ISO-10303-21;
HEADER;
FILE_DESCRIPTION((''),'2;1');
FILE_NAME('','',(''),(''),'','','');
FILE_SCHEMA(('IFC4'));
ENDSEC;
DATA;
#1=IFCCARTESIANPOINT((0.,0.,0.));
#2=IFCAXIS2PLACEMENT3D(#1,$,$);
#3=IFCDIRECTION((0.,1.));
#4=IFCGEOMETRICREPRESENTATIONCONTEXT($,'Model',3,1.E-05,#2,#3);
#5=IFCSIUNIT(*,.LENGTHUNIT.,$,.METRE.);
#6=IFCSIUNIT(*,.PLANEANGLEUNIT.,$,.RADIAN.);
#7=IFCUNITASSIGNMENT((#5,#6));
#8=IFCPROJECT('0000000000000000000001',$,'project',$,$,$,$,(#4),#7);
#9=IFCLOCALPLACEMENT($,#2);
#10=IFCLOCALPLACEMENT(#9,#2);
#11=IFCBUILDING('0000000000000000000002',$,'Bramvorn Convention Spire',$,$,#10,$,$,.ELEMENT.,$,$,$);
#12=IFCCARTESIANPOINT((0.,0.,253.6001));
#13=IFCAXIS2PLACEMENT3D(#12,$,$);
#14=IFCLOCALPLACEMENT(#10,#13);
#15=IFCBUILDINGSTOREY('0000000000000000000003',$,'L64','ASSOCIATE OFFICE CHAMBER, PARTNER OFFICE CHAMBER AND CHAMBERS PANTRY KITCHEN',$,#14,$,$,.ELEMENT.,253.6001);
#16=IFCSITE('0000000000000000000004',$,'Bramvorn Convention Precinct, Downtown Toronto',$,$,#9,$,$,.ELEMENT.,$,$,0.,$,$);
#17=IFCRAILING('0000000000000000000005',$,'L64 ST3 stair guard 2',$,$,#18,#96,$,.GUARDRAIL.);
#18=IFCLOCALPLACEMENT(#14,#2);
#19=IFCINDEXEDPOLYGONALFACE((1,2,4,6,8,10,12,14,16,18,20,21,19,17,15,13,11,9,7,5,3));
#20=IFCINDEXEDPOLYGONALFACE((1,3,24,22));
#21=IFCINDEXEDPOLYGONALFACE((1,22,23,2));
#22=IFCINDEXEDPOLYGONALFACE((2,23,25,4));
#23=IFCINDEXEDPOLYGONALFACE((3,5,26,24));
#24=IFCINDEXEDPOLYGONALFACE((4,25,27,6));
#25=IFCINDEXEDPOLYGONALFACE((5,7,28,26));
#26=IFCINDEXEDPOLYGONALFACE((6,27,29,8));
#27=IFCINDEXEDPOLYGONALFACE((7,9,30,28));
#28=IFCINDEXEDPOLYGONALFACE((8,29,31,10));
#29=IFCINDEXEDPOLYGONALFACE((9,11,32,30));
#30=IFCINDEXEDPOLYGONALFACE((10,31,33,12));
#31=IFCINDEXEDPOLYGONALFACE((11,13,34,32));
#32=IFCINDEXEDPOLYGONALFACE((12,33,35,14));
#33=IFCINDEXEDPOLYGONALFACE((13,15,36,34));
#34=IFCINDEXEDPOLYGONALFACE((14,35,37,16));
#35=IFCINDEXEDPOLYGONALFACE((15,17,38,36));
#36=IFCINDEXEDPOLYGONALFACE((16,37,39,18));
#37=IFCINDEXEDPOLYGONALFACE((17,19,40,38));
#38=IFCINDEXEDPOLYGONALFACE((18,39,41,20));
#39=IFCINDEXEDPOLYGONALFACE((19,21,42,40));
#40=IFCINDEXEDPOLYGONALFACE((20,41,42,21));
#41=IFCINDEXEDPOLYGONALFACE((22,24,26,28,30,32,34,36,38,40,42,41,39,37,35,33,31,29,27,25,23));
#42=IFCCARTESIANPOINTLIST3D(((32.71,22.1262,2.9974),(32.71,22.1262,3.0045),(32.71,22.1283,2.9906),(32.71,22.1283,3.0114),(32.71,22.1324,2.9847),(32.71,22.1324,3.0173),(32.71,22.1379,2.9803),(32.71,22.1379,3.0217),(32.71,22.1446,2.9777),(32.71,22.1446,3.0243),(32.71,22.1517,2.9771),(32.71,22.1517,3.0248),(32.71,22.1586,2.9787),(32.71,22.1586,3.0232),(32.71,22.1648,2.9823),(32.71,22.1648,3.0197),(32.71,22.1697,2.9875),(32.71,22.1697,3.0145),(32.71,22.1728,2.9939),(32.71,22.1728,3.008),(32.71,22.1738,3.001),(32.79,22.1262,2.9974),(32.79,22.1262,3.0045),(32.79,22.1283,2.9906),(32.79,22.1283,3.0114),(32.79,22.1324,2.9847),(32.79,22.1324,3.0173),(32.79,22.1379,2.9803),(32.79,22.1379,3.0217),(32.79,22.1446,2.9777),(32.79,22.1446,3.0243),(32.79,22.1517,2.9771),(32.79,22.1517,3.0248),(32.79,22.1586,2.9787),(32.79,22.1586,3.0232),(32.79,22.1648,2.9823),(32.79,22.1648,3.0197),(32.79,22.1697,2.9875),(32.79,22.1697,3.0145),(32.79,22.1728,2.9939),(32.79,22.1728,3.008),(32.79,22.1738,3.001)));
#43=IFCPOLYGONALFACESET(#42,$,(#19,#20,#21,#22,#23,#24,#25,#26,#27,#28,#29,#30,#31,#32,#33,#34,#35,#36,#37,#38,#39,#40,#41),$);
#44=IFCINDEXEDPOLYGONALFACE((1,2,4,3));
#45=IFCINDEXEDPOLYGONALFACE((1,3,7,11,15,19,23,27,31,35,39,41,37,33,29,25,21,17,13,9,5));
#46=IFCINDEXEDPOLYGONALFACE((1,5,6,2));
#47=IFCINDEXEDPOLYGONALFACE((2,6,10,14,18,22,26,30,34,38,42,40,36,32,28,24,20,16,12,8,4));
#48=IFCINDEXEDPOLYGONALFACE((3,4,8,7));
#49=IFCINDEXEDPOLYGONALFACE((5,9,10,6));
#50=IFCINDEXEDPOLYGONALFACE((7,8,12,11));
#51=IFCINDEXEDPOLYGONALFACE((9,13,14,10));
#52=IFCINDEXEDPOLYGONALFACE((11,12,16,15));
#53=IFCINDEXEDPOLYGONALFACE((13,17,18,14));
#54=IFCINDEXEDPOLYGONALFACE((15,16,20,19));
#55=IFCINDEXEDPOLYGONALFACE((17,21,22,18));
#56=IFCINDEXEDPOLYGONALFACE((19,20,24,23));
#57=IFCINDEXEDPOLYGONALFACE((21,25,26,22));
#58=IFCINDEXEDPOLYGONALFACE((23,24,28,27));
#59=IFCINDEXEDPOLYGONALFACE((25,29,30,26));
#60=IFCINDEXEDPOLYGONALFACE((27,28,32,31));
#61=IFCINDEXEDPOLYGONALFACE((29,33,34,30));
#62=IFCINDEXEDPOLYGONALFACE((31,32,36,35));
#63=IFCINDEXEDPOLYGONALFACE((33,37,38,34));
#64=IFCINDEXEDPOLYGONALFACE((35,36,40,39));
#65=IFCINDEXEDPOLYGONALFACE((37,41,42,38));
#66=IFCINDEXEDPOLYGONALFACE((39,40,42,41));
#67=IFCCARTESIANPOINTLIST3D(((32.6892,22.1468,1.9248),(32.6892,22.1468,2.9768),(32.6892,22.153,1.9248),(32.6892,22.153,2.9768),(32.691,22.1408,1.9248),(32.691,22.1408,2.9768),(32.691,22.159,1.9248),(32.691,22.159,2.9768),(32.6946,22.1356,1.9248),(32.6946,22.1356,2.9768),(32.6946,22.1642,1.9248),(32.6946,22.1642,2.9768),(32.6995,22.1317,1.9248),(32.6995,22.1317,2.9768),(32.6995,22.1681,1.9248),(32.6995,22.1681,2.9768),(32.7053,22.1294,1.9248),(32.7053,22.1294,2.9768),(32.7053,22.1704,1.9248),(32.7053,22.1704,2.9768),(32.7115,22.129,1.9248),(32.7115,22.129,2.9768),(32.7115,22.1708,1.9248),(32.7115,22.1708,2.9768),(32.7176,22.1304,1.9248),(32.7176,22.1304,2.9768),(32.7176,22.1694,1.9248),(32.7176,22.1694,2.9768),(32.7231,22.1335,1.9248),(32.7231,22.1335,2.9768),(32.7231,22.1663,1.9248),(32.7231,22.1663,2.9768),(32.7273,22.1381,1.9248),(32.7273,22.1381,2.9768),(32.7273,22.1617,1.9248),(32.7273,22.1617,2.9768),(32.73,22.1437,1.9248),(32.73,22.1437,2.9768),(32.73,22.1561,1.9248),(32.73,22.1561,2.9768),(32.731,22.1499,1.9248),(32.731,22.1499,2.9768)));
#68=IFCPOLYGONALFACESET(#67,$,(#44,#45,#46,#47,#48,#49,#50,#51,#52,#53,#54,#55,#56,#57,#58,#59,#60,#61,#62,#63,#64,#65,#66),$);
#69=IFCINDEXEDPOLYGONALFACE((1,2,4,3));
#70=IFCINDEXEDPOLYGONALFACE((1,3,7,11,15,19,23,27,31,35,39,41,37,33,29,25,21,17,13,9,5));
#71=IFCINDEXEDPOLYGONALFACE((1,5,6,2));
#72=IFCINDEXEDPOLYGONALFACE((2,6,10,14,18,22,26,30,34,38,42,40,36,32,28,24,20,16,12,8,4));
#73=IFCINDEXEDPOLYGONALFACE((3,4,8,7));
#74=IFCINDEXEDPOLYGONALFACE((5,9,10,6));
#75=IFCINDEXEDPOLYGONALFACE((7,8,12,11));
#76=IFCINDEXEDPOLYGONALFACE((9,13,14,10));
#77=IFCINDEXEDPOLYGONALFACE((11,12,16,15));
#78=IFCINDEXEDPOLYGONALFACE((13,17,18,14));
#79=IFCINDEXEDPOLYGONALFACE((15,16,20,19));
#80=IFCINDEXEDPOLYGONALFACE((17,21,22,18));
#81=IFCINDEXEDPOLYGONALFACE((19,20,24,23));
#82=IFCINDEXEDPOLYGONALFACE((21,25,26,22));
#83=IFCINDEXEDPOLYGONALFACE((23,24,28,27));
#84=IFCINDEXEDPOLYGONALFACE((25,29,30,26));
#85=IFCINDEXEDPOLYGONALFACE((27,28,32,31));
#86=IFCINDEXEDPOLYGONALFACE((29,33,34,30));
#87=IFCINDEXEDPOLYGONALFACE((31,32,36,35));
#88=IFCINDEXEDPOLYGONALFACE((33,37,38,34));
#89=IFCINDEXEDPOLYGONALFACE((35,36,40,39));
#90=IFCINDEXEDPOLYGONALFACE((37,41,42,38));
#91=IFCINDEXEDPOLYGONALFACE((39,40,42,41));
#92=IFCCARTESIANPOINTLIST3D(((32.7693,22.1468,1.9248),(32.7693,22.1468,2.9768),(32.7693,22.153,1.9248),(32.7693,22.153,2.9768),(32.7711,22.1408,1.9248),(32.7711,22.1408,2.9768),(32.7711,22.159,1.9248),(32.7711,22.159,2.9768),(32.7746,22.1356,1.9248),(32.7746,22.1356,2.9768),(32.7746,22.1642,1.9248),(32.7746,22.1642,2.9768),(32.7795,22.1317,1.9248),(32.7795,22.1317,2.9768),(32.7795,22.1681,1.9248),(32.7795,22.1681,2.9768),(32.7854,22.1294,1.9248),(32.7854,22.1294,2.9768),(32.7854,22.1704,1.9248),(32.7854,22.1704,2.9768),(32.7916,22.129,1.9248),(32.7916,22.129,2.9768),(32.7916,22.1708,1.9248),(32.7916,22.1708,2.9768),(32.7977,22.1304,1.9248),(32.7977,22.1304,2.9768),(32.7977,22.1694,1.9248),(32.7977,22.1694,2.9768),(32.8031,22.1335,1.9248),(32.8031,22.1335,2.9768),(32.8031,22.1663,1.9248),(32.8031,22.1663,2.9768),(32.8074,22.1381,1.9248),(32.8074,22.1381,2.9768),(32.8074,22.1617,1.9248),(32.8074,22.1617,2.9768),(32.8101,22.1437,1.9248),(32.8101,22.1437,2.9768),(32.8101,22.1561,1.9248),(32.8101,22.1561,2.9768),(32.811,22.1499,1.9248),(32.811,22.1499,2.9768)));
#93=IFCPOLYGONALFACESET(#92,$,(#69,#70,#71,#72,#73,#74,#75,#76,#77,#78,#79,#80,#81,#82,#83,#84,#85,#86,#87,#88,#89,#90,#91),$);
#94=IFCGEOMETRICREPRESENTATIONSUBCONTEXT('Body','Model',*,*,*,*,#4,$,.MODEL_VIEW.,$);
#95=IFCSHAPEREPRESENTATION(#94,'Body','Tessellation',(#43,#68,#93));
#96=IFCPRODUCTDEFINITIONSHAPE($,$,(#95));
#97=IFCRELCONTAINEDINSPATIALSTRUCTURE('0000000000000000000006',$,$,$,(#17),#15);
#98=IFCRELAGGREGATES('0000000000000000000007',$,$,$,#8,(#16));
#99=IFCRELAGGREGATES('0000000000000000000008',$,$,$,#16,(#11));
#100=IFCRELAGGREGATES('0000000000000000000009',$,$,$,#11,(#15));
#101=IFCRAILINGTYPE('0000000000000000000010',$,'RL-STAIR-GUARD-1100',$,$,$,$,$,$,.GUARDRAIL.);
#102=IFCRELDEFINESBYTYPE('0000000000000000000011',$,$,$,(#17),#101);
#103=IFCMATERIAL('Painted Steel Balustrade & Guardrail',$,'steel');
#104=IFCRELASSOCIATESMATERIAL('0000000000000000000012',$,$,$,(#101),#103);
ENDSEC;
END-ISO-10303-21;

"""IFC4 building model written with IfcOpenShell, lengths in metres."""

from ifc_helpers import new_model, si_unit, direction, frame, origin, origin_2d, place, context, subcontext, project, spatial, circle, extrude, material, type_object, element, save


model = new_model("IFC4")

# Units and contexts
model_context = context("Model", 3, precision=1e-05, world=origin(), true_north=direction((0.0, 1.0)))
body_context = subcontext(model_context, "Body", "Model", "MODEL_VIEW")
ifc_project = project(units=[si_unit("LENGTHUNIT", "METRE"), si_unit("PLANEANGLEUNIT", "RADIAN")], contexts=[model_context])

# Site, building, storey
site_placement = place(None, origin())
site = spatial("IfcSite", under=ifc_project, at=site_placement, Name="Bramvorn Convention Precinct, Downtown Toronto", CompositionType="ELEMENT", RefElevation=0.0)
building_placement = place(site_placement, origin())
building = spatial("IfcBuilding", under=site, at=building_placement, Name="Bramvorn Convention Spire", CompositionType="ELEMENT")
storey_placement = place(building_placement, frame((0.0, 0.0, 253.6001)))
storey = spatial("IfcBuildingStorey", under=building, at=storey_placement, Name="L64", Description="ASSOCIATE OFFICE CHAMBER, PARTNER OFFICE CHAMBER AND CHAMBERS PANTRY KITCHEN", CompositionType="ELEMENT", Elevation=253.6001)

# Railing
ifc_material_1 = material(Name="Painted Steel Balustrade & Guardrail", Category="steel")
railing_type_1 = type_object("IfcRailingType", Name="RL-STAIR-GUARD-1100", PredefinedType="GUARDRAIL", material=ifc_material_1)
railing_1_placement = place(storey_placement, frame((32.71, 22.1499, 1.9248)))
element("IfcRailing", 1, at=railing_1_placement, inside=storey, type_object=railing_type_1, Name="L64 ST3 stair guard 2", PredefinedType="GUARDRAIL", context=body_context, shape_type="SweptSolid", body=[
    extrude(circle(Radius=0.0239, at=origin_2d()), frame((0.0, 0.0, 1.0762), z_axis=(1.0, 0.0, 0.0), x_axis=(0.0, 1.0, 0.0)), (0.0, 0.0, 1.0), 0.0801),
    extrude(circle(Radius=0.021, at=origin_2d()), origin(), (0.0, 0.0, 1.0), 1.052),
    extrude(circle(Radius=0.021, at=origin_2d()), frame((0.0801, 0.0, 0.0)), (0.0, 0.0, 1.0), 1.052),
])

save(model, "model.ifc")
